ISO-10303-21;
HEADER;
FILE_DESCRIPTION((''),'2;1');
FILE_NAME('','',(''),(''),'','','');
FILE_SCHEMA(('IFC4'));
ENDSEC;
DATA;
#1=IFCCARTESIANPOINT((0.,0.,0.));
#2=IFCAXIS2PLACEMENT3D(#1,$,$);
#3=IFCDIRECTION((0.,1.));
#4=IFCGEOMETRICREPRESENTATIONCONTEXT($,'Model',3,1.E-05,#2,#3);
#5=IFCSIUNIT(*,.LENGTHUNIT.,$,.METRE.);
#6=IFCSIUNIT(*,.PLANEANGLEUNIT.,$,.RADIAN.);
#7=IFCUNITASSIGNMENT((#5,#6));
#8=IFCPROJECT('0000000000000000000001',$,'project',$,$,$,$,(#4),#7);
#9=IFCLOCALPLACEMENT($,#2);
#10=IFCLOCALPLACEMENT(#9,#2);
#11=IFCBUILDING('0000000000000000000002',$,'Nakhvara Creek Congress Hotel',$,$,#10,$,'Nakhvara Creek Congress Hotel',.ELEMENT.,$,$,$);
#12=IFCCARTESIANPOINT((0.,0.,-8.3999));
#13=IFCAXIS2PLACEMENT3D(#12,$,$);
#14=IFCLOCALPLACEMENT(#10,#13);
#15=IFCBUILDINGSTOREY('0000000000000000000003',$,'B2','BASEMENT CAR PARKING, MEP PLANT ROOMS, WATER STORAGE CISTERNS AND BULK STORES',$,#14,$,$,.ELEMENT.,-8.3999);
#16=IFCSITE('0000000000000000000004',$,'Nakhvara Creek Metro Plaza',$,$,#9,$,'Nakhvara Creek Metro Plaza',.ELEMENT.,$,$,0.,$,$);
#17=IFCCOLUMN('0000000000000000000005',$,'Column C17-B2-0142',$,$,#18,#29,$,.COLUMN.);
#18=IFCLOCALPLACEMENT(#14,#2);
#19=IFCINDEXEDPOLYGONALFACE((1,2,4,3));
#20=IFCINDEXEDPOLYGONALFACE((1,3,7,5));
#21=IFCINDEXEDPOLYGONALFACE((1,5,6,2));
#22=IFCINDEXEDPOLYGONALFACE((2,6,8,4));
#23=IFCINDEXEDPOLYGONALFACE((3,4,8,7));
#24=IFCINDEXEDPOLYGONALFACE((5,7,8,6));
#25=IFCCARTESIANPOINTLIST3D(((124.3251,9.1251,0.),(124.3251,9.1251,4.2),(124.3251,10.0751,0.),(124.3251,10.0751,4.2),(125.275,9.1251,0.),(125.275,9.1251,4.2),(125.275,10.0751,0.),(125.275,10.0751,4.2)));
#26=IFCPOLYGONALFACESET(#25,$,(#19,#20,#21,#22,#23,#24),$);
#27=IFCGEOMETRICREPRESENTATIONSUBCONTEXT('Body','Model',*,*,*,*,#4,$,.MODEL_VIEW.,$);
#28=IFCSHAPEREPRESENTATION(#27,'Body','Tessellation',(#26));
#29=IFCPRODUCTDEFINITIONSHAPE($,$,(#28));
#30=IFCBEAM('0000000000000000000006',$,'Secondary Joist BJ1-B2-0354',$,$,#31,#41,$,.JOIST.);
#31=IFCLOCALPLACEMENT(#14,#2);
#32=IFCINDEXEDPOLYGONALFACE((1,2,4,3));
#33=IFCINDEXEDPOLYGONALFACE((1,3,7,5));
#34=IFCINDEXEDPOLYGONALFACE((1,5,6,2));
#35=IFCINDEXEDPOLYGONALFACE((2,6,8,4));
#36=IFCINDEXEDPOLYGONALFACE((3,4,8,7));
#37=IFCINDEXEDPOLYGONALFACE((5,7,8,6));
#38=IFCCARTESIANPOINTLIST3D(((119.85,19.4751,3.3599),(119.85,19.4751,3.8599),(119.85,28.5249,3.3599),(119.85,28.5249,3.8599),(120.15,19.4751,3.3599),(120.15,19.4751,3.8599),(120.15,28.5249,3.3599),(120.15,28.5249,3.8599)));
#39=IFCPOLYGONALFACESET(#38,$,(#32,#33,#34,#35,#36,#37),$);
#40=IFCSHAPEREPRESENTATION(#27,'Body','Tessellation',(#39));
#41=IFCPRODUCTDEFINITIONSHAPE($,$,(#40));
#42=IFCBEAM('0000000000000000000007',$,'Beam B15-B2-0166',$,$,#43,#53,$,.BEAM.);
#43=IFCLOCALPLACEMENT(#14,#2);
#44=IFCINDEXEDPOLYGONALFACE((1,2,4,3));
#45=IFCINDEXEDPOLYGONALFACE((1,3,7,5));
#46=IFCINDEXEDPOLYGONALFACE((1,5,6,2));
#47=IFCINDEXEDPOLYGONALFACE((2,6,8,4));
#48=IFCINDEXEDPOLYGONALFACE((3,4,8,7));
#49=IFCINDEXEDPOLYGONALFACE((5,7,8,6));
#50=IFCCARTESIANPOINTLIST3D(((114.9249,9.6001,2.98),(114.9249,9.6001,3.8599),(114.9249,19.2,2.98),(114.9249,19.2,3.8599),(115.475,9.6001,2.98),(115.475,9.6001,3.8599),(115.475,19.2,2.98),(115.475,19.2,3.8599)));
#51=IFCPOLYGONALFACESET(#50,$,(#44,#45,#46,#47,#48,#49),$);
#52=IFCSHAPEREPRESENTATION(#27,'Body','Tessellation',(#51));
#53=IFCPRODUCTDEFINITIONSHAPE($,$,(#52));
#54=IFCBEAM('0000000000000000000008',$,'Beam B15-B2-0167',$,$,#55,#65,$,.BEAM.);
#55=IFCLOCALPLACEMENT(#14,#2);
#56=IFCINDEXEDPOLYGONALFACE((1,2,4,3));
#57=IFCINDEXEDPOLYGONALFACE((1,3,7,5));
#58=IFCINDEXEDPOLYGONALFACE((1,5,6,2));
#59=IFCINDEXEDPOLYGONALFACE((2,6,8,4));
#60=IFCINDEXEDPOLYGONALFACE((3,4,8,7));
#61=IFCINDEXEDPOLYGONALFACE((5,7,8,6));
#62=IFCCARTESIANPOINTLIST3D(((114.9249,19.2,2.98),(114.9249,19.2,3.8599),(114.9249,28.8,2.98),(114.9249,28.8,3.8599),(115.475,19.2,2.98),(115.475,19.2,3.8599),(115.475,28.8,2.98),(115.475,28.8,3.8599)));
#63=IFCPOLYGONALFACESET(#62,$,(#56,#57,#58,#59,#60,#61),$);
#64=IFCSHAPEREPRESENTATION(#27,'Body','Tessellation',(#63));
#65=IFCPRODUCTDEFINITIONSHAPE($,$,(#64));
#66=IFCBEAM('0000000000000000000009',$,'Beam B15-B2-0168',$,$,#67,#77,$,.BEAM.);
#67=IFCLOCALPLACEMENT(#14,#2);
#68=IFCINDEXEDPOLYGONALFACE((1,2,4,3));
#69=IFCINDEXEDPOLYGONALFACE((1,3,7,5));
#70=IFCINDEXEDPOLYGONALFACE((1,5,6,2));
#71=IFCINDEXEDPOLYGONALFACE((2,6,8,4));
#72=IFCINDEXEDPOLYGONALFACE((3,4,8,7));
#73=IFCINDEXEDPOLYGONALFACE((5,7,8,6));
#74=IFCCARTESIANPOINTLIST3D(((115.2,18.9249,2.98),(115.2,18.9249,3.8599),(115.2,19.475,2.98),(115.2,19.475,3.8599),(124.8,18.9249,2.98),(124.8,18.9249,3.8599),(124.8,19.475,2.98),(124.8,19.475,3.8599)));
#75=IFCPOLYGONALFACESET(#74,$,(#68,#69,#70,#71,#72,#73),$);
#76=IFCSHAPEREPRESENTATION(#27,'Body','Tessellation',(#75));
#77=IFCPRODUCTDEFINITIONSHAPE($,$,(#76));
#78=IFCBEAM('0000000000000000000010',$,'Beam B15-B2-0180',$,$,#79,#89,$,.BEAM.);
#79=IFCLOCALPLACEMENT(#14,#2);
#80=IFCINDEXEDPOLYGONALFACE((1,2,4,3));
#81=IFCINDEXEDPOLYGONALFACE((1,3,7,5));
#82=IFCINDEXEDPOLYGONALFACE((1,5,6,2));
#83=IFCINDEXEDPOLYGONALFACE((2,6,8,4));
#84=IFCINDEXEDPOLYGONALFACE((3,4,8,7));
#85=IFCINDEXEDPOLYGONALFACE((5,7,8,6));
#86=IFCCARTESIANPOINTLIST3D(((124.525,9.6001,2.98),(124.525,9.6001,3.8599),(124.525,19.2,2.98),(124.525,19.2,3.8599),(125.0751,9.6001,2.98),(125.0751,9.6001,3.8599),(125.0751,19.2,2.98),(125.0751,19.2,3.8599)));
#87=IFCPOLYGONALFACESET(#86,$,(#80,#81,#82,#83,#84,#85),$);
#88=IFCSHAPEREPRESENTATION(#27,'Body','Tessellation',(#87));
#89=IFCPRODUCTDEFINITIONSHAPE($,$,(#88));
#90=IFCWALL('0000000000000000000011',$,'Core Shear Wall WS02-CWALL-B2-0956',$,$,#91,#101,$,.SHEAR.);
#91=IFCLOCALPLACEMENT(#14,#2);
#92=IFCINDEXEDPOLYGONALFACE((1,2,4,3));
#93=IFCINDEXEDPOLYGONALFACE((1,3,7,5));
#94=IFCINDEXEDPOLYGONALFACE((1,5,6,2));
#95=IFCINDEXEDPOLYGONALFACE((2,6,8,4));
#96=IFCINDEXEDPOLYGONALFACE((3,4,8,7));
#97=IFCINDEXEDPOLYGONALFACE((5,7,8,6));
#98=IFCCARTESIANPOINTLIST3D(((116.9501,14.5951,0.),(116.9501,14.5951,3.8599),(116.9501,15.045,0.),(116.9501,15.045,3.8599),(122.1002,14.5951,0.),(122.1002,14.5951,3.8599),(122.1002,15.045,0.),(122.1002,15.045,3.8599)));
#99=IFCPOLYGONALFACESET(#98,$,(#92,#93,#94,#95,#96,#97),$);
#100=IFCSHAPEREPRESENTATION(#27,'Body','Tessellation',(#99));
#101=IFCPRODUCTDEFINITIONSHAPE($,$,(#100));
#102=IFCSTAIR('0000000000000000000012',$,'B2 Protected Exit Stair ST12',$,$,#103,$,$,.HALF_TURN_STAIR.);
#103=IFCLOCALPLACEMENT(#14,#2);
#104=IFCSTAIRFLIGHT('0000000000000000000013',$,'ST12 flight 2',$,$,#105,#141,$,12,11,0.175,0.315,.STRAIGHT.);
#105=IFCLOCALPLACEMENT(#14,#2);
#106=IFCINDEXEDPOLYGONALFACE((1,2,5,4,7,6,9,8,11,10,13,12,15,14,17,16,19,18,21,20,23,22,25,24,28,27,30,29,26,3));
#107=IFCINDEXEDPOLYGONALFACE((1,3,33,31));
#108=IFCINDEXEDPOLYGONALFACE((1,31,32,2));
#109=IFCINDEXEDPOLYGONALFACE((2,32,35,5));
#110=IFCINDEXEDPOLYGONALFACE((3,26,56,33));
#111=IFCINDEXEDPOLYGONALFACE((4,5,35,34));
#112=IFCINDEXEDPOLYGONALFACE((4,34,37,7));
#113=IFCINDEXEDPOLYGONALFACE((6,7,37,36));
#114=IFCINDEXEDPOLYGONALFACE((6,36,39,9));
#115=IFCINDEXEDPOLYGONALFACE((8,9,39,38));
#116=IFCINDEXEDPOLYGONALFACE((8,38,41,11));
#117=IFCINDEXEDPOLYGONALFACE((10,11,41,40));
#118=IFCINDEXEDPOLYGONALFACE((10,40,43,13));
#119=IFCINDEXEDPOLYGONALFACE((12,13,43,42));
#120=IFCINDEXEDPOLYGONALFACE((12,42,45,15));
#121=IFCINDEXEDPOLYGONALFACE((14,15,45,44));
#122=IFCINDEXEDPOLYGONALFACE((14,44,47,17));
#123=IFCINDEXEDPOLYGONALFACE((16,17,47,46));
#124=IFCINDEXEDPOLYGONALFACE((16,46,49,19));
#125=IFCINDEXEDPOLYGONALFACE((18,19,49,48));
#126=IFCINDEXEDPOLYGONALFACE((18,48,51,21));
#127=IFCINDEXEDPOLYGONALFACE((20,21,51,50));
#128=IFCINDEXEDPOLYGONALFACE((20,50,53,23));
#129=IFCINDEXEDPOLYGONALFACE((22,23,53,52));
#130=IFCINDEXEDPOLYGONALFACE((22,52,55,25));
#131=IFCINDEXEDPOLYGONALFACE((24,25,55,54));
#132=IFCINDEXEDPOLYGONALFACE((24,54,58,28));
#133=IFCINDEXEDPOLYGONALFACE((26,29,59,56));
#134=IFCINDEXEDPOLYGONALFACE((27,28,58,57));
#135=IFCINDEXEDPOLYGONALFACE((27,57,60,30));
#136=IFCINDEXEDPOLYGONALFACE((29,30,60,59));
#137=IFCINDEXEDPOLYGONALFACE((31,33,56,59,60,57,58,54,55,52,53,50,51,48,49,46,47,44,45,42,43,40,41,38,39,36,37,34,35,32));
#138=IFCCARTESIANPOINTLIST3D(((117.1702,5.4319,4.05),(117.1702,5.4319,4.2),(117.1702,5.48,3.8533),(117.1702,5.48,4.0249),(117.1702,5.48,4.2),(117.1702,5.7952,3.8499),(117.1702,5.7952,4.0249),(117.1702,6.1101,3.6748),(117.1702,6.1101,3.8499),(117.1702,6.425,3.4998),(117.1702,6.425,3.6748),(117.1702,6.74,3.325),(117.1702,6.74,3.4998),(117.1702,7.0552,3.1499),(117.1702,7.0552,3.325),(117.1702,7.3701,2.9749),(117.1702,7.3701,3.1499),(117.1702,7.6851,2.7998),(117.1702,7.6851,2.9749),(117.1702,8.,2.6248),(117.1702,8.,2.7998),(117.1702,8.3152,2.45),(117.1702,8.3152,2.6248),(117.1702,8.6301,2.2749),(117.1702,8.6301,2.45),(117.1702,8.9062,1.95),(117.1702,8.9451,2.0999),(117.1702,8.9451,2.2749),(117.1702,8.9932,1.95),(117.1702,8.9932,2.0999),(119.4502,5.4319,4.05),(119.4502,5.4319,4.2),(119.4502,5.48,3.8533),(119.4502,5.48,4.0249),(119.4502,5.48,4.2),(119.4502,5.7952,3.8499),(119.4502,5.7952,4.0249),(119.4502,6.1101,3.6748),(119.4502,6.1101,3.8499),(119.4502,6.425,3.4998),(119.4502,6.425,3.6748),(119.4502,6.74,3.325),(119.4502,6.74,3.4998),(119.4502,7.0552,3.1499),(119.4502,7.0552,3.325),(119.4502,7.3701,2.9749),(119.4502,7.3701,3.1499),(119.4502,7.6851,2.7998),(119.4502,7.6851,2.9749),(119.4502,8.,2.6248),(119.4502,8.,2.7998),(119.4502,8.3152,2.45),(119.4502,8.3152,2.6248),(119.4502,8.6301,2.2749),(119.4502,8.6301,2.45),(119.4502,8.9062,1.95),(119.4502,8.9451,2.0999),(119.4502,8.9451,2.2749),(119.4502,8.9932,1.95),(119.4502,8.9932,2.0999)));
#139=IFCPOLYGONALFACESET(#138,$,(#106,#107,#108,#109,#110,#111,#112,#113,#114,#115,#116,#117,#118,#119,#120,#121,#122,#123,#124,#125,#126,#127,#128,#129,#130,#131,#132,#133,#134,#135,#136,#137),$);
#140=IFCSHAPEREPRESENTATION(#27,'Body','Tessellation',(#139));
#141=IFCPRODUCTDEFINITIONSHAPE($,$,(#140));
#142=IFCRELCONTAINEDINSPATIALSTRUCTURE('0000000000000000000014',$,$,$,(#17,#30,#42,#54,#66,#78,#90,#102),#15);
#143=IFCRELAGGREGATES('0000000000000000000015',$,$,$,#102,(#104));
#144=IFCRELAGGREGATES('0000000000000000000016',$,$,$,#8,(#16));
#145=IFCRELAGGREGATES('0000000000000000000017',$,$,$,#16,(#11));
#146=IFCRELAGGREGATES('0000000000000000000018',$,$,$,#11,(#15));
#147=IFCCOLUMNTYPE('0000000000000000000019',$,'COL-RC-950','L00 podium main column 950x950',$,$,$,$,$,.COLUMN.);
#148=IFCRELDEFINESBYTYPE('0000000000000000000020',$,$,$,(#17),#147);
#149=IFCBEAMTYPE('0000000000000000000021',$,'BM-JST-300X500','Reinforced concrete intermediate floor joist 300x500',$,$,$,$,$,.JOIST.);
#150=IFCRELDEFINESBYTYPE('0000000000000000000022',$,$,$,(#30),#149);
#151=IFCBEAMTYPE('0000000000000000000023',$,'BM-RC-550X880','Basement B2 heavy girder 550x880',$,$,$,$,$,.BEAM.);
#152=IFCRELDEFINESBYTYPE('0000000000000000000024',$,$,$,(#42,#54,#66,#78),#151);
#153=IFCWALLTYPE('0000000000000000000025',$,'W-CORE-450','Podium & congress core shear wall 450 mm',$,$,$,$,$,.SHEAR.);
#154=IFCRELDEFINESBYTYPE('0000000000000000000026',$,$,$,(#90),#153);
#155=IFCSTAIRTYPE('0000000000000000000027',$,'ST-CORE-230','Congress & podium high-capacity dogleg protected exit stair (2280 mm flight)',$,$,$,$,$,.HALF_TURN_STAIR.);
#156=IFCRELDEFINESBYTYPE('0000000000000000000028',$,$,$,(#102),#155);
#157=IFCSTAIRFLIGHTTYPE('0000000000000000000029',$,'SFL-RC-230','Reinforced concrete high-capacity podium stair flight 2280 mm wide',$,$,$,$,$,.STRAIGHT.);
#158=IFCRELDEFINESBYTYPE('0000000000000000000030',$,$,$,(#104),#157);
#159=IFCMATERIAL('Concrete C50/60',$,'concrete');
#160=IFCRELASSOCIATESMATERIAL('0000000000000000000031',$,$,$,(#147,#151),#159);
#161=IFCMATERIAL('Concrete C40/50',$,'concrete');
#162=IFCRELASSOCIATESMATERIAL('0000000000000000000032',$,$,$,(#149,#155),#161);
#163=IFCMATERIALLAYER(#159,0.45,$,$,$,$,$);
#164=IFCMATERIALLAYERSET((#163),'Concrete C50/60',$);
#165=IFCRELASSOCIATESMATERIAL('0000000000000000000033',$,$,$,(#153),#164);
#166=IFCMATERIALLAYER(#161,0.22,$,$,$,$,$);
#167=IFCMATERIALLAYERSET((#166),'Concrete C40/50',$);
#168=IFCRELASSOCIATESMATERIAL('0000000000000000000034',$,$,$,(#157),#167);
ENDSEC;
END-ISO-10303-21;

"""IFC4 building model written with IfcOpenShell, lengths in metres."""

from ifc_helpers import new_model, si_unit, direction, frame, frame_2d, origin, origin_2d, place, context, subcontext, project, spatial, polyline, rectangle, outline, extrude, material, layer, layer_set, material_profile, profile_set, type_object, element, aggregate, save


model = new_model("IFC4")

# Units and contexts
model_context = context("Model", 3, precision=1e-05, world=origin(), true_north=direction((0.0, 1.0)))
body_context = subcontext(model_context, "Body", "Model", "MODEL_VIEW")
ifc_project = project(units=[si_unit("LENGTHUNIT", "METRE"), si_unit("PLANEANGLEUNIT", "RADIAN")], contexts=[model_context])

# Site, building, storey
site_placement = place(None, origin())
site = spatial("IfcSite", under=ifc_project, at=site_placement, Name="Nakhvara Creek Metro Plaza", LongName="Nakhvara Creek Metro Plaza", CompositionType="ELEMENT", RefElevation=0.0)
building_placement = place(site_placement, origin())
building = spatial("IfcBuilding", under=site, at=building_placement, Name="Nakhvara Creek Congress Hotel", LongName="Nakhvara Creek Congress Hotel", CompositionType="ELEMENT")
storey_placement = place(building_placement, frame((0.0, 0.0, -8.3999)))
storey = spatial("IfcBuildingStorey", under=building, at=storey_placement, Name="B2", Description="BASEMENT CAR PARKING, MEP PLANT ROOMS, WATER STORAGE CISTERNS AND BULK STORES", CompositionType="ELEMENT", Elevation=-8.3999)

# Shared definitions
ifc_material_1 = material(Name="Concrete C40/50", Category="concrete")

# Column
ifc_material_2 = material(Name="Concrete C50/60", Category="concrete")
ifc_material_profile_1 = material_profile(ifc_material_2, rectangle(XDim=0.95, YDim=0.95, at=origin_2d()), Name="RC-COL 950x950", Category="LoadBearing")
ifc_profile_set_1 = profile_set([ifc_material_profile_1], Name="Concrete C50/60")
column_type = type_object("IfcColumnType", Name="COL-RC-950", Description="L00 podium main column 950x950", PredefinedType="COLUMN", material=ifc_profile_set_1)
for number, where, z_axis, x_axis, name in (
    (1, (124.8, 9.6001, 0.0), (0.0, 0.0, 1.0), (1.0, 0.0, 0.0), "Column C17-B2-0142"),
):
    element("IfcColumn", number, at=place(storey_placement, frame(where, z_axis=z_axis, x_axis=x_axis)), inside=storey, type_object=column_type, Name=name, PredefinedType="COLUMN", context=body_context, shape_type="SweptSolid", body=[
        extrude(rectangle(XDim=0.95, YDim=0.95, at=origin_2d()), origin(), (0.0, 0.0, 1.0), 4.2),
    ])

# Beams
ifc_material_profile_2 = material_profile(ifc_material_1, rectangle(XDim=0.3, YDim=0.5, at=origin_2d()), Name="RC-BM 300x500", Category="LoadBearing")
ifc_profile_set_2 = profile_set([ifc_material_profile_2], Name="Concrete C40/50")
beam_type_1 = type_object("IfcBeamType", Name="BM-JST-300X500", Description="Reinforced concrete intermediate floor joist 300x500", PredefinedType="JOIST", material=ifc_profile_set_2)
beam_1_placement = place(storey_placement, frame((120.0, 19.4751, 3.6099), z_axis=(0.0, 1.0, 0.0), x_axis=(-1.0, 0.0, 0.0)))
element("IfcBeam", 2, at=beam_1_placement, inside=storey, type_object=beam_type_1, Name="Secondary Joist BJ1-B2-0354", PredefinedType="JOIST", context=body_context, shape_type="SweptSolid", body=[
    extrude(rectangle(XDim=0.3, YDim=0.5, at=origin_2d()), origin(), (0.0, 0.0, 1.0), 9.0498),
])
ifc_material_profile_3 = material_profile(ifc_material_2, rectangle(XDim=0.55, YDim=0.8799, at=origin_2d()), Name="RC-BM 550x880", Category="LoadBearing")
ifc_profile_set_3 = profile_set([ifc_material_profile_3], Name="Concrete C50/60")
beam_type_2 = type_object("IfcBeamType", Name="BM-RC-550X880", Description="Basement B2 heavy girder 550x880", PredefinedType="BEAM", material=ifc_profile_set_3)
beam_2_placement = place(storey_placement, frame((115.2, 9.6001, 3.4199), z_axis=(0.0, 1.0, 0.0), x_axis=(-1.0, 0.0, 0.0)))
element("IfcBeam", 3, at=beam_2_placement, inside=storey, type_object=beam_type_2, Name="Beam B15-B2-0166", PredefinedType="BEAM", context=body_context, shape_type="SweptSolid", body=[
    extrude(rectangle(XDim=0.55, YDim=0.8799, at=origin_2d()), origin(), (0.0, 0.0, 1.0), 9.5999),
])
for number, where, z_axis, x_axis, name in (
    (4, (115.2, 19.2, 3.4199), (0.0, 1.0, 0.0), (-1.0, 0.0, 0.0), "Beam B15-B2-0167"),
    (5, (115.2, 19.2, 3.4199), (1.0, 0.0, 0.0), (0.0, 1.0, 0.0), "Beam B15-B2-0168"),
):
    element("IfcBeam", number, at=place(storey_placement, frame(where, z_axis=z_axis, x_axis=x_axis)), inside=storey, type_object=beam_type_2, Name=name, PredefinedType="BEAM", context=body_context, shape_type="SweptSolid", body=[
        extrude(rectangle(XDim=0.55, YDim=0.8799, at=origin_2d()), origin(), (0.0, 0.0, 1.0), 9.6001),
    ])
beam_3_placement = place(storey_placement, frame((124.8, 9.6001, 3.4199), z_axis=(0.0, 1.0, 0.0), x_axis=(-1.0, 0.0, 0.0)))
element("IfcBeam", 6, at=beam_3_placement, inside=storey, type_object=beam_type_2, Name="Beam B15-B2-0180", PredefinedType="BEAM", context=body_context, shape_type="SweptSolid", body=[
    extrude(rectangle(XDim=0.55, YDim=0.8799, at=origin_2d()), origin(), (0.0, 0.0, 1.0), 9.5999),
])

# Wall
ifc_layer_1 = layer(ifc_material_2, 0.45)
ifc_layer_set_1 = layer_set([ifc_layer_1], Name="Concrete C50/60")
wall_type = type_object("IfcWallType", Name="W-CORE-450", Description="Podium & congress core shear wall 450 mm", PredefinedType="SHEAR", material=ifc_layer_set_1)
wall_placement = place(storey_placement, frame((116.95, 14.8201, 0.0), z_axis=(0.0, 0.0, 1.0), x_axis=(1.0, 0.0, 0.0)))
element("IfcWall", 7, at=wall_placement, inside=storey, type_object=wall_type, Name="Core Shear Wall WS02-CWALL-B2-0956", PredefinedType="SHEAR", context=body_context, shape_type="SweptSolid", body=[
    extrude(rectangle(XDim=5.1501, YDim=0.45, at=frame_2d((2.5752, 0.0))), origin(), (0.0, 0.0, 1.0), 3.8599),
])

# Stair, stair flight
stair_type = type_object("IfcStairType", Name="ST-CORE-230", Description="Congress & podium high-capacity dogleg protected exit stair (2280 mm flight)", PredefinedType="HALF_TURN_STAIR", material=ifc_material_1)
stair_placement = place(storey_placement, origin())
stair = element("IfcStair", 8, at=stair_placement, inside=storey, type_object=stair_type, Name="B2 Protected Exit Stair ST12", PredefinedType="HALF_TURN_STAIR")
ifc_layer_2 = layer(ifc_material_1, 0.22)
ifc_layer_set_2 = layer_set([ifc_layer_2], Name="Concrete C40/50")
stair_flight_type = type_object("IfcStairFlightType", Name="SFL-RC-230", Description="Reinforced concrete high-capacity podium stair flight 2280 mm wide", PredefinedType="STRAIGHT", material=ifc_layer_set_2)
stair_flight_placement = place(storey_placement, frame((118.3101, 8.9451, 2.0999), z_axis=(0.0, 0.0, 1.0), x_axis=(0.0, -1.0, 0.0)))
stair_flight = element("IfcStairFlight", 9, at=stair_flight_placement, type_object=stair_flight_type, Name="ST12 flight 2", NumberOfRisers=12, NumberOfTreads=11, PredefinedType="STRAIGHT", RiserHeight=0.175, TreadLength=0.315, context=body_context, shape_type="SweptSolid", body=[
    extrude(outline(polyline([(-0.0481, 0.0), (0.0, 0.0), (0.0, 0.175), (0.3149, 0.175), (0.3149, 0.3501), (0.6299, 0.3501), (0.6299, 0.5249), (0.9451, 0.5249), (0.9451, 0.7), (1.26, 0.7), (1.26, 0.875), (1.575, 0.875), (1.575, 1.05), (1.8899, 1.05), (1.8899, 1.2251), (2.2051, 1.2251), (2.2051, 1.3999), (2.52, 1.3999), (2.52, 1.575), (2.835, 1.575), (2.835, 1.75), (3.1499, 1.75), (3.1499, 1.925), (3.4651, 1.925), (3.4651, 2.1001), (3.5132, 2.1001), (3.5132, 1.9502), (3.4651, 1.7534), (0.0388, -0.1499), (-0.0481, -0.1499), (-0.0481, 0.0)])), frame((0.0, 1.1401, 0.0), z_axis=(0.0, -1.0, 0.0), x_axis=(1.0, 0.0, 0.0)), (0.0, 0.0, 1.0), 2.28),
])
aggregate(stair, [stair_flight])

save(model, "model.ifc")
